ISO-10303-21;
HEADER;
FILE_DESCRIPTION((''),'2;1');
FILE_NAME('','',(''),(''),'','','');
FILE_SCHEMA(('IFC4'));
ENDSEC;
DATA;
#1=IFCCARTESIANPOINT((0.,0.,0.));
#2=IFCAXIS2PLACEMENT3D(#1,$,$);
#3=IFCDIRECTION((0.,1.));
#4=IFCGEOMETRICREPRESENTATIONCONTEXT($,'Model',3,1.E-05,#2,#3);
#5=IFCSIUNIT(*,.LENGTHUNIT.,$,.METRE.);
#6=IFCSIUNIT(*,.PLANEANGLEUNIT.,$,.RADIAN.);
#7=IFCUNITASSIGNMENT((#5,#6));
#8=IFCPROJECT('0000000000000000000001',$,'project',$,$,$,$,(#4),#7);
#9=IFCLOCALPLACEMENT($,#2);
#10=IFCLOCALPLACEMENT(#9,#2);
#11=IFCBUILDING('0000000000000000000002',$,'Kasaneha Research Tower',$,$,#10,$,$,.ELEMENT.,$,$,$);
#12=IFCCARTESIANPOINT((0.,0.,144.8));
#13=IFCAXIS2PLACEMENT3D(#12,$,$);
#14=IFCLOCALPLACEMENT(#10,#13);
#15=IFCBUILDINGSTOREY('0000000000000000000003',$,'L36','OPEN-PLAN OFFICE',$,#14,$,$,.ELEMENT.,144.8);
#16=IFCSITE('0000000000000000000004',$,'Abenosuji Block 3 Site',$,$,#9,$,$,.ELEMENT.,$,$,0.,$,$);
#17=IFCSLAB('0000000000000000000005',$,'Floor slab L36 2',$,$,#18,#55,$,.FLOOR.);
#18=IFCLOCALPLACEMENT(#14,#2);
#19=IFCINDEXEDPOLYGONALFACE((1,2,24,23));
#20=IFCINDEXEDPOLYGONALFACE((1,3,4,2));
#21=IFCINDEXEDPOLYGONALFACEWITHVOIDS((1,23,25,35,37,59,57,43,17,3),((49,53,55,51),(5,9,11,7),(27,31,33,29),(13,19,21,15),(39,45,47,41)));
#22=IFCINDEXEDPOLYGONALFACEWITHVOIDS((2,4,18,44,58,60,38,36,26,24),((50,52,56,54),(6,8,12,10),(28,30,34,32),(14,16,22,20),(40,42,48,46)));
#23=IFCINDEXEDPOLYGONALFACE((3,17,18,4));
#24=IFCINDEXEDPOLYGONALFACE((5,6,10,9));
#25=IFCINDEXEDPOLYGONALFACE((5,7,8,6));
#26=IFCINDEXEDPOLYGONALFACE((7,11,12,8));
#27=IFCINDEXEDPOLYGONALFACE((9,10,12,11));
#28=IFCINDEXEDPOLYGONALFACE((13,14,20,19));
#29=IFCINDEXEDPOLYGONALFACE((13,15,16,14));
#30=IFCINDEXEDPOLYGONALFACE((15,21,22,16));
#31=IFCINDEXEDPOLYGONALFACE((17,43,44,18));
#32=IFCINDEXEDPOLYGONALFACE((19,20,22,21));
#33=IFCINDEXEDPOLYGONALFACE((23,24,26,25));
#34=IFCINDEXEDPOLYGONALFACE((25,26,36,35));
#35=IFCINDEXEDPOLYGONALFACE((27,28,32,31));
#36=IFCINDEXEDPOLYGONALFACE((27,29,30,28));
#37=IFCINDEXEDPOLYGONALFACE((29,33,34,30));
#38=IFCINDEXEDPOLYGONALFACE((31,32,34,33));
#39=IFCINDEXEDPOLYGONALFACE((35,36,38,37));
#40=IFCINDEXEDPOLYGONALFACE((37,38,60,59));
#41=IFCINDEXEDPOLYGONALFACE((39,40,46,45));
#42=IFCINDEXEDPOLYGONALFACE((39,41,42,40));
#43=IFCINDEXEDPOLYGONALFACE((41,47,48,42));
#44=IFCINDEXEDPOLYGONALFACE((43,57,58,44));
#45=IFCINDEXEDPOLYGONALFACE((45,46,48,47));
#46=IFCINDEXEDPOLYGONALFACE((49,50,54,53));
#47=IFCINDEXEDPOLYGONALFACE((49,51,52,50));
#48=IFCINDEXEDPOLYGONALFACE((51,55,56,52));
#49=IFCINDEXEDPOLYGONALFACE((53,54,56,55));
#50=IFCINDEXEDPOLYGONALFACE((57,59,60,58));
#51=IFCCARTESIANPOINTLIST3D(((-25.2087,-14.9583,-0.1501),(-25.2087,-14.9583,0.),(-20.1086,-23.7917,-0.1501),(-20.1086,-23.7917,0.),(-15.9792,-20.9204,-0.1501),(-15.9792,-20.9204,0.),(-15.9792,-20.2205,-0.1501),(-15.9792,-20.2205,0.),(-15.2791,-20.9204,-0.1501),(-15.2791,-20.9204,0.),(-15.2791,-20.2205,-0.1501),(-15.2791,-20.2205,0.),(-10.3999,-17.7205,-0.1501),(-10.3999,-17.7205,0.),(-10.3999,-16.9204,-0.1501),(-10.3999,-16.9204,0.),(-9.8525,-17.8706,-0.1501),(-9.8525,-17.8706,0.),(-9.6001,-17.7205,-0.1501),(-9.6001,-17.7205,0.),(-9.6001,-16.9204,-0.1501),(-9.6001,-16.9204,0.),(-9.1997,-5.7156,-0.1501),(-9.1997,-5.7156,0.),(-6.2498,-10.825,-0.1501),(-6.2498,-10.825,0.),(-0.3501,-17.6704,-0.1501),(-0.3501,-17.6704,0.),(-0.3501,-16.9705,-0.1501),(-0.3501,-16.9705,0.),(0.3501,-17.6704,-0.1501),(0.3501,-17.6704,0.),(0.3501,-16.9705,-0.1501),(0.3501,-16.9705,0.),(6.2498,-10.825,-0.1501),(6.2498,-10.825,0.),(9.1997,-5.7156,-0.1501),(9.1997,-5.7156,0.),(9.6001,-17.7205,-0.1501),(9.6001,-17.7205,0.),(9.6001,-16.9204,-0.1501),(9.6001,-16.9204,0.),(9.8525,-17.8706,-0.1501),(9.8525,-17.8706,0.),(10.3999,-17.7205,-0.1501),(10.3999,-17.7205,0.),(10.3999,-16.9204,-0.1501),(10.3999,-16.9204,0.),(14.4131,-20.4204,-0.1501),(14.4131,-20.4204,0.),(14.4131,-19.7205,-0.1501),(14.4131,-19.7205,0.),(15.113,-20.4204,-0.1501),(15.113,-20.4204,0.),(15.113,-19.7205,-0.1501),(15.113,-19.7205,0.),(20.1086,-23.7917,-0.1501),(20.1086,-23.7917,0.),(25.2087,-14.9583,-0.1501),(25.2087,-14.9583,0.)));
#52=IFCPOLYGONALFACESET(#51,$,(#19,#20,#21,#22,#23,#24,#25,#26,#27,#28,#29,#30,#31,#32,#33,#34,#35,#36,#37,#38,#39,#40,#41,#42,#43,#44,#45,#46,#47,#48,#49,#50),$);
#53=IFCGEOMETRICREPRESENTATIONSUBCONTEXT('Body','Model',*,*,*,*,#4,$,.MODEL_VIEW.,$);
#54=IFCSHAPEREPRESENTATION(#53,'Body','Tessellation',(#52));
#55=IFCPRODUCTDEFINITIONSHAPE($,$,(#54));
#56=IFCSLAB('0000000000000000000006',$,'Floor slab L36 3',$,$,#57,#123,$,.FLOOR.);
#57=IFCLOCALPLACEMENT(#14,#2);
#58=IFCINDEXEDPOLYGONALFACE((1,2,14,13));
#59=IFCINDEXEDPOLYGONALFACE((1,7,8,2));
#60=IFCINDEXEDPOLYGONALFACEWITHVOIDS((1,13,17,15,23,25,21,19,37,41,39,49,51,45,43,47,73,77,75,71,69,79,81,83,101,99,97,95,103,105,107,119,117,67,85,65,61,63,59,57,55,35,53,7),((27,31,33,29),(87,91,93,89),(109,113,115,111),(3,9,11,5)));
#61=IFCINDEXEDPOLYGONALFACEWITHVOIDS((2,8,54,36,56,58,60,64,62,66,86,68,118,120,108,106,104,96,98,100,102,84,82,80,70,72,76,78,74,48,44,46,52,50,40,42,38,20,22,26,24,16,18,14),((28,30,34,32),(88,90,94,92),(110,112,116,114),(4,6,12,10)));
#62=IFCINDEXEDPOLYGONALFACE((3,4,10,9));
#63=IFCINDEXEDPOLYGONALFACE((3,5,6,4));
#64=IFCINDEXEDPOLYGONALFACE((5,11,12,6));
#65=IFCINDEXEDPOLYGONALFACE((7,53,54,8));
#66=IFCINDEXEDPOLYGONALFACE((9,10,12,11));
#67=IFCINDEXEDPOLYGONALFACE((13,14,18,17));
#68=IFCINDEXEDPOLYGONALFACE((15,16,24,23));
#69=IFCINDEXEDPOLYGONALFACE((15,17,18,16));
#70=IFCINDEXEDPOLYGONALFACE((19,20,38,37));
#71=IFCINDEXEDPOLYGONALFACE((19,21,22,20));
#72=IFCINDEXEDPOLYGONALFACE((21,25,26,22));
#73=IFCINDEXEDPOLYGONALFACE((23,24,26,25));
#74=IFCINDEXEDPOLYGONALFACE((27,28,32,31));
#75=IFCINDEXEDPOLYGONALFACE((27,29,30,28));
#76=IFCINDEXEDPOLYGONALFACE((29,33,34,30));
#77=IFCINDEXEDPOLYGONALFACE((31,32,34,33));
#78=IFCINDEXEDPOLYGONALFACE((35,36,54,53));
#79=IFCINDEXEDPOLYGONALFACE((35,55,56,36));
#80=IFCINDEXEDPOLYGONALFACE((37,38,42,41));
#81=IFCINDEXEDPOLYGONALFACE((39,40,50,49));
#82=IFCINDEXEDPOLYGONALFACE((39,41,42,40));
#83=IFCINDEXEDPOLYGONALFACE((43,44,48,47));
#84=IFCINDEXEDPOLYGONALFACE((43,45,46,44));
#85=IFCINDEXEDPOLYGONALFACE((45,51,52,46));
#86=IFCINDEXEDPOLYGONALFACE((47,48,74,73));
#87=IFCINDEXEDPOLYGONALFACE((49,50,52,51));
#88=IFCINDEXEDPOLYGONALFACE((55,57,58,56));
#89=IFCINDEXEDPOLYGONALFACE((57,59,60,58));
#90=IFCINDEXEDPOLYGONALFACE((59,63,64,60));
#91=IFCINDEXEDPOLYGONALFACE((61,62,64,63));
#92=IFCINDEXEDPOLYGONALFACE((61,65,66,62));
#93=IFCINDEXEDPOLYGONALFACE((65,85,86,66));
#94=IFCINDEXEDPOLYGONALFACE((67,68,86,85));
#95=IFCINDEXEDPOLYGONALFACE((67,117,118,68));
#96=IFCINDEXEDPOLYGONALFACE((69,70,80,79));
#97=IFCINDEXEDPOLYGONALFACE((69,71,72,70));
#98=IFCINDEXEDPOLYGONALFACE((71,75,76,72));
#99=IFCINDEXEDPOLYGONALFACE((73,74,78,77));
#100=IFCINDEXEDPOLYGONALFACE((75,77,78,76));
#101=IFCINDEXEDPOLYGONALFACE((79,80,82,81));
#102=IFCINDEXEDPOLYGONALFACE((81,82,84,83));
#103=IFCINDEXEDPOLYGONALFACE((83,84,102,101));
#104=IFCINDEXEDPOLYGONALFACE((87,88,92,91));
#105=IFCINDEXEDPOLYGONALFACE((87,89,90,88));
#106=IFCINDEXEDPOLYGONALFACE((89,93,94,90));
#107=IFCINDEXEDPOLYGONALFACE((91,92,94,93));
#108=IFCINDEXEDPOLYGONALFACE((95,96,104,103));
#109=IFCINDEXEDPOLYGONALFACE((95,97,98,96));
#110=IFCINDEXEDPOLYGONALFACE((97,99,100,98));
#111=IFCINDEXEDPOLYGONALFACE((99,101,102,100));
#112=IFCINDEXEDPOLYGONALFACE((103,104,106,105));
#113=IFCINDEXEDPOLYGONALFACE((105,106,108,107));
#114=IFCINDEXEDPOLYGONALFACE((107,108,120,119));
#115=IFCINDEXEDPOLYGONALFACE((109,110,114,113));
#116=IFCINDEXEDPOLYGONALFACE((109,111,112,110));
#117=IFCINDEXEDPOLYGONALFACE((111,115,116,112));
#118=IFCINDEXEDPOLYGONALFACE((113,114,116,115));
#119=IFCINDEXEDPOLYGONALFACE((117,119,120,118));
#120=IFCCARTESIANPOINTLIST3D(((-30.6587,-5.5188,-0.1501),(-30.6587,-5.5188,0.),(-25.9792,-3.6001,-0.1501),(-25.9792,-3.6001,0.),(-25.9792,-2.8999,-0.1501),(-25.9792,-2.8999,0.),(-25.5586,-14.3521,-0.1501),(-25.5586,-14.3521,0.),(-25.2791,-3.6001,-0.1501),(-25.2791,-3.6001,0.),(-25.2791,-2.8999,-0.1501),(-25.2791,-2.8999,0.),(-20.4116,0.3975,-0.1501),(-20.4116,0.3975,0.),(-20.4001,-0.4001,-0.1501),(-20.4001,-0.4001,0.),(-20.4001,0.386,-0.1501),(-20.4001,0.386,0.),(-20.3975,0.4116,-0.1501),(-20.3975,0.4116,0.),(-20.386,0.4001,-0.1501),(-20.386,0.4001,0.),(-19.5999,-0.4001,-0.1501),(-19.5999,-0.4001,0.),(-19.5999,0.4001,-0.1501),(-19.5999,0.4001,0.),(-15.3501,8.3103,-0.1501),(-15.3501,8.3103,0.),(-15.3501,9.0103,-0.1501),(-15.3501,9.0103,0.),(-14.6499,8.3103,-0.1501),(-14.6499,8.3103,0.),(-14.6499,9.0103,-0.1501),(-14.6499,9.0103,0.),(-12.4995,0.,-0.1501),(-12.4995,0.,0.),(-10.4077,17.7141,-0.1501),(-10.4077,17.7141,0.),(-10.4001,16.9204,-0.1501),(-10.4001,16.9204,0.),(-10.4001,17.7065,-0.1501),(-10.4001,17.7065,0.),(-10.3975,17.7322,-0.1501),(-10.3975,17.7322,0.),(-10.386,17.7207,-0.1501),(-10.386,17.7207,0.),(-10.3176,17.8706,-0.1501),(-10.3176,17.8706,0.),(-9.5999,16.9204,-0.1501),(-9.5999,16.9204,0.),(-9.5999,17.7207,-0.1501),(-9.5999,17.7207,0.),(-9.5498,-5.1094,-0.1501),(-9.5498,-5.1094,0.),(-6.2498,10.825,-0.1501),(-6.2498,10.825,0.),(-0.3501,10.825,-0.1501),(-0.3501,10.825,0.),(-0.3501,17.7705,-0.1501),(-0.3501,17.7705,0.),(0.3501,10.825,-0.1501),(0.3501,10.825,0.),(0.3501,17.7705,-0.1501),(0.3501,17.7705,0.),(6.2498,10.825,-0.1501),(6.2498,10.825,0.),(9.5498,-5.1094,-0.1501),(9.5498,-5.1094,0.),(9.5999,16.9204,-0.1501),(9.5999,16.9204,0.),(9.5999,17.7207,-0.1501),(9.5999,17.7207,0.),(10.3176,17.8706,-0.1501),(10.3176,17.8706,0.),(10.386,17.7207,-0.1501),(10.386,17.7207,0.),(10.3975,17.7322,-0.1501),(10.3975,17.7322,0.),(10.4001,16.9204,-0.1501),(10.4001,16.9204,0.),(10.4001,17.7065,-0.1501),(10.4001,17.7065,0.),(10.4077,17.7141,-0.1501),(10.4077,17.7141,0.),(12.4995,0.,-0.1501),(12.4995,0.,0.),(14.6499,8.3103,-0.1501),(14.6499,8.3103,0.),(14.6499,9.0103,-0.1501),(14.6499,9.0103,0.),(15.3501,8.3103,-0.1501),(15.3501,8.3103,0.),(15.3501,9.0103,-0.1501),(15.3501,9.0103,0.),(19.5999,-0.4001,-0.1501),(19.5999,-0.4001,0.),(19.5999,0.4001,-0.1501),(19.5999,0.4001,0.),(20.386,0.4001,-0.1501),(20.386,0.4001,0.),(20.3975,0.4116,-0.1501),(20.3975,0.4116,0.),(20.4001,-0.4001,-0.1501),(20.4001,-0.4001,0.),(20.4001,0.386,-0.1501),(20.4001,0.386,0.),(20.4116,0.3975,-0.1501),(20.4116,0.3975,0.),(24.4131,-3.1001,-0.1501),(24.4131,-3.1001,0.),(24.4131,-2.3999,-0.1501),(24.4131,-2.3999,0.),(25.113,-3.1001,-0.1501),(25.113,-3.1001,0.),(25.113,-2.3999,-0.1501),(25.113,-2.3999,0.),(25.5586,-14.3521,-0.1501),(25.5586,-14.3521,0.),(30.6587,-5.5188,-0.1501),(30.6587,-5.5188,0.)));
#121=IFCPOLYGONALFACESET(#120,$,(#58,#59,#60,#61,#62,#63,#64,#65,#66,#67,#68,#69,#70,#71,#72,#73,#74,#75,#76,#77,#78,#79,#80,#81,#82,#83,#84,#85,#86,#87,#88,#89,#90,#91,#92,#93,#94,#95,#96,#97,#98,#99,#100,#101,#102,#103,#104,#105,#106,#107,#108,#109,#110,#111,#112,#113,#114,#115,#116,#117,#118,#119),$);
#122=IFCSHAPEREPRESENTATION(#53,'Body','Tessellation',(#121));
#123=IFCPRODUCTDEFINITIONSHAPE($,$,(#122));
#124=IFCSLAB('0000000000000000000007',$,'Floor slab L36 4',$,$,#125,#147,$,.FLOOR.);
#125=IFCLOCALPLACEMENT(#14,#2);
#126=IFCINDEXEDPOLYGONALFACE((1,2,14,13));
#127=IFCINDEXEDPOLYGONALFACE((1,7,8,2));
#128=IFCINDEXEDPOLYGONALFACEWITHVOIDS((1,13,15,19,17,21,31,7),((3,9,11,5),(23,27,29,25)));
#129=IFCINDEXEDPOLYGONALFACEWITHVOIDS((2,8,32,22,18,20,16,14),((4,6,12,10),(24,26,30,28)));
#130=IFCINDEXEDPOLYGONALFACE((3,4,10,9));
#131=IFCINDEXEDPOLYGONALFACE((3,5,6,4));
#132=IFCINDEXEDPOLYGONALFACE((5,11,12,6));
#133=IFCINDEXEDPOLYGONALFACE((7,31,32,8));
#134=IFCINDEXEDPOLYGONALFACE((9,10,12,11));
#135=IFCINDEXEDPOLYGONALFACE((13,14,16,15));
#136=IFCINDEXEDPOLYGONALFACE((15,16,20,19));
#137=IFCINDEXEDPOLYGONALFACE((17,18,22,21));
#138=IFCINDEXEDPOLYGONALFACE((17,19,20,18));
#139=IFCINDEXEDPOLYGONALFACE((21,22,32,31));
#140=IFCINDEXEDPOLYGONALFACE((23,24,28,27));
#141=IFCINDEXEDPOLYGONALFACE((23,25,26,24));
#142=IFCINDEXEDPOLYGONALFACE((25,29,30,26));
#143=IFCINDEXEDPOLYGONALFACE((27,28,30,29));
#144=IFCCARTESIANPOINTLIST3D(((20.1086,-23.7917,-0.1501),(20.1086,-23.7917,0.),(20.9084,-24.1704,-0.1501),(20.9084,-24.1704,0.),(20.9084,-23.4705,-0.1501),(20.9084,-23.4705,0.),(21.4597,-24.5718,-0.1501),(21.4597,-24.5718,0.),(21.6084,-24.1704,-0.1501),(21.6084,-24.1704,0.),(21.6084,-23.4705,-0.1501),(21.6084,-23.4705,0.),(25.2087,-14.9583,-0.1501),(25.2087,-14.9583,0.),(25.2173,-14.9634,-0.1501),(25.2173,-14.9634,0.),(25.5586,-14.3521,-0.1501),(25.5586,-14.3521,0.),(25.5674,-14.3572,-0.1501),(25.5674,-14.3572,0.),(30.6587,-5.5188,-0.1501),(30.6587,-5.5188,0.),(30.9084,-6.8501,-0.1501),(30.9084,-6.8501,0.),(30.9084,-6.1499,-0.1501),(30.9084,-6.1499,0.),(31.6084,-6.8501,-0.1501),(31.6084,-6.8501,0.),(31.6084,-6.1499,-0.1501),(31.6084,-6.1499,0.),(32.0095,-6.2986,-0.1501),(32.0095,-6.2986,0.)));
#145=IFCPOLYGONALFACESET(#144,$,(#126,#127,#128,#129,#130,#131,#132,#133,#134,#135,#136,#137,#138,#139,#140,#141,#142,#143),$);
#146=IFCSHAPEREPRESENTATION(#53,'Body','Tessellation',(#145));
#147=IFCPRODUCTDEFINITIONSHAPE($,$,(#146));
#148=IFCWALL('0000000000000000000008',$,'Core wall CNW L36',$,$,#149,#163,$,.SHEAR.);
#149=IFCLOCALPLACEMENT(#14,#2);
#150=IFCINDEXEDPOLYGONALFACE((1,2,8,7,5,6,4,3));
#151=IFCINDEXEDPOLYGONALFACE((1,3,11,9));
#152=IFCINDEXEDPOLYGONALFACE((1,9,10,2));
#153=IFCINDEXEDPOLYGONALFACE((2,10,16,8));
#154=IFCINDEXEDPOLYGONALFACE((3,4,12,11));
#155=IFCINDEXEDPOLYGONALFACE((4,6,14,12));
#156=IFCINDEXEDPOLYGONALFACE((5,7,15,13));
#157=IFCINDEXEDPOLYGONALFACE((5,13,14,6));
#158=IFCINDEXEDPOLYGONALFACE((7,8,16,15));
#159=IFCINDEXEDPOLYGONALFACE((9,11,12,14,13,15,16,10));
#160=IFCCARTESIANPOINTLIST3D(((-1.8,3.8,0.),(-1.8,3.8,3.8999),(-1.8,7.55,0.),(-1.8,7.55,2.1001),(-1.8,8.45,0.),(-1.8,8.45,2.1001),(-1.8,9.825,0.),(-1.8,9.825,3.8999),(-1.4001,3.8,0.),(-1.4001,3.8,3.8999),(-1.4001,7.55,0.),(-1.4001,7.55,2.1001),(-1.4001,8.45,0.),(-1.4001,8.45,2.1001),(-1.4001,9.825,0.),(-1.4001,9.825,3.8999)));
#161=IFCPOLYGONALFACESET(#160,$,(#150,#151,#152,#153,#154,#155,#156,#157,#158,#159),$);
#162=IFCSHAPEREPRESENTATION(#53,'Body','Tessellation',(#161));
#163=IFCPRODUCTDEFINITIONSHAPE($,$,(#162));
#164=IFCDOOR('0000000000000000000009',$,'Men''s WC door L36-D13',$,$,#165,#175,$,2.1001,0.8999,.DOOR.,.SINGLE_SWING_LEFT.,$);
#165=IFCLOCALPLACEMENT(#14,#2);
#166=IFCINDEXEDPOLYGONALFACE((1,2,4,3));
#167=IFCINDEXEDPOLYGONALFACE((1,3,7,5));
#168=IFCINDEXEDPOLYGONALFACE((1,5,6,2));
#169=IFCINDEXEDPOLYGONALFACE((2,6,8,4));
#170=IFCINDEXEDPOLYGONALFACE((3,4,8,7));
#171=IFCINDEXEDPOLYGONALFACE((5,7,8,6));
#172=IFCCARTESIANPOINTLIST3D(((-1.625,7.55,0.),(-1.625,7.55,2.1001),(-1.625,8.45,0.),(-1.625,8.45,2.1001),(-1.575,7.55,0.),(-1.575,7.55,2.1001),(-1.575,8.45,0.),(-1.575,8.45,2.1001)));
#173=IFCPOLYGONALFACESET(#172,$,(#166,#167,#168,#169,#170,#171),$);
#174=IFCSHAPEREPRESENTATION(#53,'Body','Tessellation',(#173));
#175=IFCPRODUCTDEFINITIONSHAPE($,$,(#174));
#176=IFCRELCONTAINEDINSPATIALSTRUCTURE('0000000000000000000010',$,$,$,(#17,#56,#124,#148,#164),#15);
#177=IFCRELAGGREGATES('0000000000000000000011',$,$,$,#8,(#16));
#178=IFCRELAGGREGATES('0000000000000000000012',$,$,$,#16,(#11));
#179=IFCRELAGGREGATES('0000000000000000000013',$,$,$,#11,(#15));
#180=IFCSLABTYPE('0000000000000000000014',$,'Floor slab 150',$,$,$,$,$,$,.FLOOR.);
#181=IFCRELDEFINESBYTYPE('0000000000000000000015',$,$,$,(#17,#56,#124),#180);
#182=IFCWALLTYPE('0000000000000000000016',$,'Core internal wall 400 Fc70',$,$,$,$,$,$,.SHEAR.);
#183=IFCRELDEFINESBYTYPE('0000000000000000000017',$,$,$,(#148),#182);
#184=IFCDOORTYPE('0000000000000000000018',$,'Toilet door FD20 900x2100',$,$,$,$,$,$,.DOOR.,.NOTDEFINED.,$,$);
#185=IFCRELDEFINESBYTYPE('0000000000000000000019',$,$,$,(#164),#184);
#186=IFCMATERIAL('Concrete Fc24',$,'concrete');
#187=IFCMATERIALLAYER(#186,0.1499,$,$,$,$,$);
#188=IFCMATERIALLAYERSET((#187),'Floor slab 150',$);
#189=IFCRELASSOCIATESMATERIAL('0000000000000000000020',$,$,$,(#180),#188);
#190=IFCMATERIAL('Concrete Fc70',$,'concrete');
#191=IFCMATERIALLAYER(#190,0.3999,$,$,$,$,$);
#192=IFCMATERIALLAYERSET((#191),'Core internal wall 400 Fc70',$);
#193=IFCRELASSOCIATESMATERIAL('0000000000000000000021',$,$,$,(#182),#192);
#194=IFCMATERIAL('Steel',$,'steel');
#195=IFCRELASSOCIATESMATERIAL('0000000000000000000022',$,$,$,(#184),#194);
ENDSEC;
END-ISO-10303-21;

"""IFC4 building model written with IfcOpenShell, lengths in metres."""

from ifc_helpers import new_model, si_unit, direction, frame, frame_2d, origin, place, context, subcontext, project, spatial, polyline, rectangle, outline, extrude, material, layer, layer_set, type_object, element, fill, save


model = new_model("IFC4")

# Units and contexts
model_context = context("Model", 3, precision=1e-05, world=origin(), true_north=direction((0.0, 1.0)))
body_context = subcontext(model_context, "Body", "Model", "MODEL_VIEW")
ifc_project = project(units=[si_unit("LENGTHUNIT", "METRE"), si_unit("PLANEANGLEUNIT", "RADIAN")], contexts=[model_context])

# Site, building, storey
site_placement = place(None, origin())
site = spatial("IfcSite", under=ifc_project, at=site_placement, Name="Abenosuji Block 3 Site", CompositionType="ELEMENT", RefElevation=0.0)
building_placement = place(site_placement, origin())
building = spatial("IfcBuilding", under=site, at=building_placement, Name="Kasaneha Research Tower", CompositionType="ELEMENT")
storey_placement = place(building_placement, frame((0.0, 0.0, 144.8)))
storey = spatial("IfcBuildingStorey", under=building, at=storey_placement, Name="L36", Description="OPEN-PLAN OFFICE", CompositionType="ELEMENT", Elevation=144.8)

# Slabs
ifc_material_1 = material(Name="Concrete Fc24", Category="concrete")
ifc_layer_1 = layer(ifc_material_1, 0.1499)
ifc_layer_set_1 = layer_set([ifc_layer_1], Name="Floor slab 150")
slab_type_1 = type_object("IfcSlabType", Name="Floor slab 150", PredefinedType="FLOOR", material=ifc_layer_set_1)
slab_1_placement = place(storey_placement, frame((0.0, 0.0, -0.1501)))
element("IfcSlab", 1, at=slab_1_placement, inside=storey, type_object=slab_type_1, Name="Floor slab L36 2", PredefinedType="FLOOR", context=body_context, shape_type="SweptSolid", body=[
    extrude(outline(polyline([(9.8525, -17.8706), (-9.8525, -17.8706), (-20.1086, -23.7917), (-25.2087, -14.9583), (-9.1997, -5.7156), (-6.2498, -10.825), (6.2498, -10.825), (9.1997, -5.7156), (25.2087, -14.9583), (20.1086, -23.7917), (9.8525, -17.8706)]), holes=[polyline([(-15.2791, -20.9204), (-15.2791, -20.2205), (-15.9792, -20.2205), (-15.9792, -20.9204), (-15.2791, -20.9204)]), polyline([(0.3501, -17.6704), (0.3501, -16.9705), (-0.3501, -16.9705), (-0.3501, -17.6704), (0.3501, -17.6704)]), polyline([(-10.3999, -17.7205), (-9.6001, -17.7205), (-9.6001, -16.9204), (-10.3999, -16.9204), (-10.3999, -17.7205)]), polyline([(15.113, -20.4204), (15.113, -19.7205), (14.4131, -19.7205), (14.4131, -20.4204), (15.113, -20.4204)]), polyline([(9.6001, -17.7205), (10.3999, -17.7205), (10.3999, -16.9204), (9.6001, -16.9204), (9.6001, -17.7205)])]), origin(), (0.0, 0.0, 1.0), 0.1501),
])
slab_2_placement = place(storey_placement, frame((0.0, 0.0, -0.1501)))
element("IfcSlab", 2, at=slab_2_placement, inside=storey, type_object=slab_type_1, Name="Floor slab L36 3", PredefinedType="FLOOR", context=body_context, shape_type="SweptSolid", body=[
    extrude(outline(polyline([(-20.4001, -0.4001), (-19.5999, -0.4001), (-19.5999, 0.4001), (-20.386, 0.4001), (-20.3975, 0.4116), (-10.4077, 17.7141), (-10.4001, 17.7065), (-10.4001, 16.9204), (-9.5999, 16.9204), (-9.5999, 17.7207), (-10.386, 17.7207), (-10.3975, 17.7322), (-10.3176, 17.8706), (10.3176, 17.8706), (10.3975, 17.7322), (10.386, 17.7207), (9.5999, 17.7207), (9.5999, 16.9204), (10.4001, 16.9204), (10.4001, 17.7065), (10.4077, 17.7141), (20.3975, 0.4116), (20.386, 0.4001), (19.5999, 0.4001), (19.5999, -0.4001), (20.4001, -0.4001), (20.4001, 0.386), (20.4116, 0.3975), (30.6587, -5.5188), (25.5586, -14.3521), (9.5498, -5.1094), (12.4995, 0.0), (6.2498, 10.825), (0.3501, 10.825), (0.3501, 17.7705), (-0.3501, 17.7705), (-0.3501, 10.825), (-6.2498, 10.825), (-12.4995, 0.0), (-9.5498, -5.1094), (-25.5586, -14.3521), (-30.6587, -5.5188), (-20.4116, 0.3975), (-20.4001, 0.386), (-20.4001, -0.4001)]), holes=[polyline([(-25.2791, -3.6001), (-25.2791, -2.8999), (-25.9792, -2.8999), (-25.9792, -3.6001), (-25.2791, -3.6001)]), polyline([(-15.3501, 8.3103), (-14.6499, 8.3103), (-14.6499, 9.0103), (-15.3501, 9.0103), (-15.3501, 8.3103)]), polyline([(24.4131, -3.1001), (25.113, -3.1001), (25.113, -2.3999), (24.4131, -2.3999), (24.4131, -3.1001)]), polyline([(14.6499, 8.3103), (15.3501, 8.3103), (15.3501, 9.0103), (14.6499, 9.0103), (14.6499, 8.3103)])]), origin(), (0.0, 0.0, 1.0), 0.1501),
])
slab_3_placement = place(storey_placement, frame((0.0, 0.0, -0.1501)))
element("IfcSlab", 3, at=slab_3_placement, inside=storey, type_object=slab_type_1, Name="Floor slab L36 4", PredefinedType="FLOOR", context=body_context, shape_type="SweptSolid", body=[
    extrude(outline(polyline([(32.0095, -6.2986), (21.4597, -24.5718), (20.1086, -23.7917), (25.2087, -14.9583), (25.2173, -14.9634), (25.5674, -14.3572), (25.5586, -14.3521), (30.6587, -5.5188), (32.0095, -6.2986)]), holes=[polyline([(21.6084, -24.1704), (21.6084, -23.4705), (20.9084, -23.4705), (20.9084, -24.1704), (21.6084, -24.1704)]), polyline([(31.6084, -6.8501), (31.6084, -6.1499), (30.9084, -6.1499), (30.9084, -6.8501), (31.6084, -6.8501)])]), origin(), (0.0, 0.0, 1.0), 0.1501),
])

# Shared definitions
ifc_material_2 = material(Name="Concrete Fc70", Category="concrete")
ifc_layer_2 = layer(ifc_material_2, 0.3999)
ifc_layer_set_2 = layer_set([ifc_layer_2], Name="Core internal wall 400 Fc70")
wall_type_1 = type_object("IfcWallType", Name="Core internal wall 400 Fc70", PredefinedType="SHEAR", material=ifc_layer_set_2)

# Wall, opening, door
wall_1_placement = place(storey_placement, frame((-1.6001, 3.8, 0.0), z_axis=(0.0, 0.0, 1.0), x_axis=(0.0, 1.0, 0.0)))
wall_1 = element("IfcWall", 4, at=wall_1_placement, inside=storey, type_object=wall_type_1, Name="Core wall CNW L36", PredefinedType="SHEAR", context=body_context, shape_type="SweptSolid", body=[
    extrude(rectangle(XDim=6.0249, YDim=0.3999, at=frame_2d((3.0125, 0.0))), origin(), (0.0, 0.0, 1.0), 3.8999),
])
opening_1_placement = place(wall_1_placement, frame((3.75, 0.0, 0.0)))
opening_1 = element("IfcOpeningElement", 5, at=opening_1_placement, cuts=wall_1, PredefinedType="OPENING", context=body_context, shape_type="SweptSolid", body=[
    extrude(rectangle(XDim=0.8999, YDim=2.1001, at=frame_2d((0.45, 1.05))), frame((0.0, 0.21, 0.0), z_axis=(0.0, -1.0, 0.0), x_axis=(1.0, 0.0, 0.0)), (0.0, 0.0, 1.0), 0.4199),
])
ifc_material_3 = material(Name="Steel", Category="steel")
door_type_1 = type_object("IfcDoorType", Name="Toilet door FD20 900x2100", OperationType="NOTDEFINED", PredefinedType="DOOR", material=ifc_material_3)
door_1_placement = place(opening_1_placement, origin())
door_1 = element("IfcDoor", 6, at=door_1_placement, inside=storey, type_object=door_type_1, Name="Men's WC door L36-D13", OperationType="SINGLE_SWING_LEFT", OverallHeight=2.1001, OverallWidth=0.8999, PredefinedType="DOOR", context=body_context, shape_type="SweptSolid", body=[
    extrude(rectangle(XDim=0.8999, YDim=2.1001, at=frame_2d((0.45, 1.05))), frame((0.0, 0.0249, 0.0), z_axis=(0.0, -1.0, 0.0), x_axis=(1.0, 0.0, 0.0)), (0.0, 0.0, 1.0), 0.05),
])
fill(opening_1, door_1)

save(model, "model.ifc")
